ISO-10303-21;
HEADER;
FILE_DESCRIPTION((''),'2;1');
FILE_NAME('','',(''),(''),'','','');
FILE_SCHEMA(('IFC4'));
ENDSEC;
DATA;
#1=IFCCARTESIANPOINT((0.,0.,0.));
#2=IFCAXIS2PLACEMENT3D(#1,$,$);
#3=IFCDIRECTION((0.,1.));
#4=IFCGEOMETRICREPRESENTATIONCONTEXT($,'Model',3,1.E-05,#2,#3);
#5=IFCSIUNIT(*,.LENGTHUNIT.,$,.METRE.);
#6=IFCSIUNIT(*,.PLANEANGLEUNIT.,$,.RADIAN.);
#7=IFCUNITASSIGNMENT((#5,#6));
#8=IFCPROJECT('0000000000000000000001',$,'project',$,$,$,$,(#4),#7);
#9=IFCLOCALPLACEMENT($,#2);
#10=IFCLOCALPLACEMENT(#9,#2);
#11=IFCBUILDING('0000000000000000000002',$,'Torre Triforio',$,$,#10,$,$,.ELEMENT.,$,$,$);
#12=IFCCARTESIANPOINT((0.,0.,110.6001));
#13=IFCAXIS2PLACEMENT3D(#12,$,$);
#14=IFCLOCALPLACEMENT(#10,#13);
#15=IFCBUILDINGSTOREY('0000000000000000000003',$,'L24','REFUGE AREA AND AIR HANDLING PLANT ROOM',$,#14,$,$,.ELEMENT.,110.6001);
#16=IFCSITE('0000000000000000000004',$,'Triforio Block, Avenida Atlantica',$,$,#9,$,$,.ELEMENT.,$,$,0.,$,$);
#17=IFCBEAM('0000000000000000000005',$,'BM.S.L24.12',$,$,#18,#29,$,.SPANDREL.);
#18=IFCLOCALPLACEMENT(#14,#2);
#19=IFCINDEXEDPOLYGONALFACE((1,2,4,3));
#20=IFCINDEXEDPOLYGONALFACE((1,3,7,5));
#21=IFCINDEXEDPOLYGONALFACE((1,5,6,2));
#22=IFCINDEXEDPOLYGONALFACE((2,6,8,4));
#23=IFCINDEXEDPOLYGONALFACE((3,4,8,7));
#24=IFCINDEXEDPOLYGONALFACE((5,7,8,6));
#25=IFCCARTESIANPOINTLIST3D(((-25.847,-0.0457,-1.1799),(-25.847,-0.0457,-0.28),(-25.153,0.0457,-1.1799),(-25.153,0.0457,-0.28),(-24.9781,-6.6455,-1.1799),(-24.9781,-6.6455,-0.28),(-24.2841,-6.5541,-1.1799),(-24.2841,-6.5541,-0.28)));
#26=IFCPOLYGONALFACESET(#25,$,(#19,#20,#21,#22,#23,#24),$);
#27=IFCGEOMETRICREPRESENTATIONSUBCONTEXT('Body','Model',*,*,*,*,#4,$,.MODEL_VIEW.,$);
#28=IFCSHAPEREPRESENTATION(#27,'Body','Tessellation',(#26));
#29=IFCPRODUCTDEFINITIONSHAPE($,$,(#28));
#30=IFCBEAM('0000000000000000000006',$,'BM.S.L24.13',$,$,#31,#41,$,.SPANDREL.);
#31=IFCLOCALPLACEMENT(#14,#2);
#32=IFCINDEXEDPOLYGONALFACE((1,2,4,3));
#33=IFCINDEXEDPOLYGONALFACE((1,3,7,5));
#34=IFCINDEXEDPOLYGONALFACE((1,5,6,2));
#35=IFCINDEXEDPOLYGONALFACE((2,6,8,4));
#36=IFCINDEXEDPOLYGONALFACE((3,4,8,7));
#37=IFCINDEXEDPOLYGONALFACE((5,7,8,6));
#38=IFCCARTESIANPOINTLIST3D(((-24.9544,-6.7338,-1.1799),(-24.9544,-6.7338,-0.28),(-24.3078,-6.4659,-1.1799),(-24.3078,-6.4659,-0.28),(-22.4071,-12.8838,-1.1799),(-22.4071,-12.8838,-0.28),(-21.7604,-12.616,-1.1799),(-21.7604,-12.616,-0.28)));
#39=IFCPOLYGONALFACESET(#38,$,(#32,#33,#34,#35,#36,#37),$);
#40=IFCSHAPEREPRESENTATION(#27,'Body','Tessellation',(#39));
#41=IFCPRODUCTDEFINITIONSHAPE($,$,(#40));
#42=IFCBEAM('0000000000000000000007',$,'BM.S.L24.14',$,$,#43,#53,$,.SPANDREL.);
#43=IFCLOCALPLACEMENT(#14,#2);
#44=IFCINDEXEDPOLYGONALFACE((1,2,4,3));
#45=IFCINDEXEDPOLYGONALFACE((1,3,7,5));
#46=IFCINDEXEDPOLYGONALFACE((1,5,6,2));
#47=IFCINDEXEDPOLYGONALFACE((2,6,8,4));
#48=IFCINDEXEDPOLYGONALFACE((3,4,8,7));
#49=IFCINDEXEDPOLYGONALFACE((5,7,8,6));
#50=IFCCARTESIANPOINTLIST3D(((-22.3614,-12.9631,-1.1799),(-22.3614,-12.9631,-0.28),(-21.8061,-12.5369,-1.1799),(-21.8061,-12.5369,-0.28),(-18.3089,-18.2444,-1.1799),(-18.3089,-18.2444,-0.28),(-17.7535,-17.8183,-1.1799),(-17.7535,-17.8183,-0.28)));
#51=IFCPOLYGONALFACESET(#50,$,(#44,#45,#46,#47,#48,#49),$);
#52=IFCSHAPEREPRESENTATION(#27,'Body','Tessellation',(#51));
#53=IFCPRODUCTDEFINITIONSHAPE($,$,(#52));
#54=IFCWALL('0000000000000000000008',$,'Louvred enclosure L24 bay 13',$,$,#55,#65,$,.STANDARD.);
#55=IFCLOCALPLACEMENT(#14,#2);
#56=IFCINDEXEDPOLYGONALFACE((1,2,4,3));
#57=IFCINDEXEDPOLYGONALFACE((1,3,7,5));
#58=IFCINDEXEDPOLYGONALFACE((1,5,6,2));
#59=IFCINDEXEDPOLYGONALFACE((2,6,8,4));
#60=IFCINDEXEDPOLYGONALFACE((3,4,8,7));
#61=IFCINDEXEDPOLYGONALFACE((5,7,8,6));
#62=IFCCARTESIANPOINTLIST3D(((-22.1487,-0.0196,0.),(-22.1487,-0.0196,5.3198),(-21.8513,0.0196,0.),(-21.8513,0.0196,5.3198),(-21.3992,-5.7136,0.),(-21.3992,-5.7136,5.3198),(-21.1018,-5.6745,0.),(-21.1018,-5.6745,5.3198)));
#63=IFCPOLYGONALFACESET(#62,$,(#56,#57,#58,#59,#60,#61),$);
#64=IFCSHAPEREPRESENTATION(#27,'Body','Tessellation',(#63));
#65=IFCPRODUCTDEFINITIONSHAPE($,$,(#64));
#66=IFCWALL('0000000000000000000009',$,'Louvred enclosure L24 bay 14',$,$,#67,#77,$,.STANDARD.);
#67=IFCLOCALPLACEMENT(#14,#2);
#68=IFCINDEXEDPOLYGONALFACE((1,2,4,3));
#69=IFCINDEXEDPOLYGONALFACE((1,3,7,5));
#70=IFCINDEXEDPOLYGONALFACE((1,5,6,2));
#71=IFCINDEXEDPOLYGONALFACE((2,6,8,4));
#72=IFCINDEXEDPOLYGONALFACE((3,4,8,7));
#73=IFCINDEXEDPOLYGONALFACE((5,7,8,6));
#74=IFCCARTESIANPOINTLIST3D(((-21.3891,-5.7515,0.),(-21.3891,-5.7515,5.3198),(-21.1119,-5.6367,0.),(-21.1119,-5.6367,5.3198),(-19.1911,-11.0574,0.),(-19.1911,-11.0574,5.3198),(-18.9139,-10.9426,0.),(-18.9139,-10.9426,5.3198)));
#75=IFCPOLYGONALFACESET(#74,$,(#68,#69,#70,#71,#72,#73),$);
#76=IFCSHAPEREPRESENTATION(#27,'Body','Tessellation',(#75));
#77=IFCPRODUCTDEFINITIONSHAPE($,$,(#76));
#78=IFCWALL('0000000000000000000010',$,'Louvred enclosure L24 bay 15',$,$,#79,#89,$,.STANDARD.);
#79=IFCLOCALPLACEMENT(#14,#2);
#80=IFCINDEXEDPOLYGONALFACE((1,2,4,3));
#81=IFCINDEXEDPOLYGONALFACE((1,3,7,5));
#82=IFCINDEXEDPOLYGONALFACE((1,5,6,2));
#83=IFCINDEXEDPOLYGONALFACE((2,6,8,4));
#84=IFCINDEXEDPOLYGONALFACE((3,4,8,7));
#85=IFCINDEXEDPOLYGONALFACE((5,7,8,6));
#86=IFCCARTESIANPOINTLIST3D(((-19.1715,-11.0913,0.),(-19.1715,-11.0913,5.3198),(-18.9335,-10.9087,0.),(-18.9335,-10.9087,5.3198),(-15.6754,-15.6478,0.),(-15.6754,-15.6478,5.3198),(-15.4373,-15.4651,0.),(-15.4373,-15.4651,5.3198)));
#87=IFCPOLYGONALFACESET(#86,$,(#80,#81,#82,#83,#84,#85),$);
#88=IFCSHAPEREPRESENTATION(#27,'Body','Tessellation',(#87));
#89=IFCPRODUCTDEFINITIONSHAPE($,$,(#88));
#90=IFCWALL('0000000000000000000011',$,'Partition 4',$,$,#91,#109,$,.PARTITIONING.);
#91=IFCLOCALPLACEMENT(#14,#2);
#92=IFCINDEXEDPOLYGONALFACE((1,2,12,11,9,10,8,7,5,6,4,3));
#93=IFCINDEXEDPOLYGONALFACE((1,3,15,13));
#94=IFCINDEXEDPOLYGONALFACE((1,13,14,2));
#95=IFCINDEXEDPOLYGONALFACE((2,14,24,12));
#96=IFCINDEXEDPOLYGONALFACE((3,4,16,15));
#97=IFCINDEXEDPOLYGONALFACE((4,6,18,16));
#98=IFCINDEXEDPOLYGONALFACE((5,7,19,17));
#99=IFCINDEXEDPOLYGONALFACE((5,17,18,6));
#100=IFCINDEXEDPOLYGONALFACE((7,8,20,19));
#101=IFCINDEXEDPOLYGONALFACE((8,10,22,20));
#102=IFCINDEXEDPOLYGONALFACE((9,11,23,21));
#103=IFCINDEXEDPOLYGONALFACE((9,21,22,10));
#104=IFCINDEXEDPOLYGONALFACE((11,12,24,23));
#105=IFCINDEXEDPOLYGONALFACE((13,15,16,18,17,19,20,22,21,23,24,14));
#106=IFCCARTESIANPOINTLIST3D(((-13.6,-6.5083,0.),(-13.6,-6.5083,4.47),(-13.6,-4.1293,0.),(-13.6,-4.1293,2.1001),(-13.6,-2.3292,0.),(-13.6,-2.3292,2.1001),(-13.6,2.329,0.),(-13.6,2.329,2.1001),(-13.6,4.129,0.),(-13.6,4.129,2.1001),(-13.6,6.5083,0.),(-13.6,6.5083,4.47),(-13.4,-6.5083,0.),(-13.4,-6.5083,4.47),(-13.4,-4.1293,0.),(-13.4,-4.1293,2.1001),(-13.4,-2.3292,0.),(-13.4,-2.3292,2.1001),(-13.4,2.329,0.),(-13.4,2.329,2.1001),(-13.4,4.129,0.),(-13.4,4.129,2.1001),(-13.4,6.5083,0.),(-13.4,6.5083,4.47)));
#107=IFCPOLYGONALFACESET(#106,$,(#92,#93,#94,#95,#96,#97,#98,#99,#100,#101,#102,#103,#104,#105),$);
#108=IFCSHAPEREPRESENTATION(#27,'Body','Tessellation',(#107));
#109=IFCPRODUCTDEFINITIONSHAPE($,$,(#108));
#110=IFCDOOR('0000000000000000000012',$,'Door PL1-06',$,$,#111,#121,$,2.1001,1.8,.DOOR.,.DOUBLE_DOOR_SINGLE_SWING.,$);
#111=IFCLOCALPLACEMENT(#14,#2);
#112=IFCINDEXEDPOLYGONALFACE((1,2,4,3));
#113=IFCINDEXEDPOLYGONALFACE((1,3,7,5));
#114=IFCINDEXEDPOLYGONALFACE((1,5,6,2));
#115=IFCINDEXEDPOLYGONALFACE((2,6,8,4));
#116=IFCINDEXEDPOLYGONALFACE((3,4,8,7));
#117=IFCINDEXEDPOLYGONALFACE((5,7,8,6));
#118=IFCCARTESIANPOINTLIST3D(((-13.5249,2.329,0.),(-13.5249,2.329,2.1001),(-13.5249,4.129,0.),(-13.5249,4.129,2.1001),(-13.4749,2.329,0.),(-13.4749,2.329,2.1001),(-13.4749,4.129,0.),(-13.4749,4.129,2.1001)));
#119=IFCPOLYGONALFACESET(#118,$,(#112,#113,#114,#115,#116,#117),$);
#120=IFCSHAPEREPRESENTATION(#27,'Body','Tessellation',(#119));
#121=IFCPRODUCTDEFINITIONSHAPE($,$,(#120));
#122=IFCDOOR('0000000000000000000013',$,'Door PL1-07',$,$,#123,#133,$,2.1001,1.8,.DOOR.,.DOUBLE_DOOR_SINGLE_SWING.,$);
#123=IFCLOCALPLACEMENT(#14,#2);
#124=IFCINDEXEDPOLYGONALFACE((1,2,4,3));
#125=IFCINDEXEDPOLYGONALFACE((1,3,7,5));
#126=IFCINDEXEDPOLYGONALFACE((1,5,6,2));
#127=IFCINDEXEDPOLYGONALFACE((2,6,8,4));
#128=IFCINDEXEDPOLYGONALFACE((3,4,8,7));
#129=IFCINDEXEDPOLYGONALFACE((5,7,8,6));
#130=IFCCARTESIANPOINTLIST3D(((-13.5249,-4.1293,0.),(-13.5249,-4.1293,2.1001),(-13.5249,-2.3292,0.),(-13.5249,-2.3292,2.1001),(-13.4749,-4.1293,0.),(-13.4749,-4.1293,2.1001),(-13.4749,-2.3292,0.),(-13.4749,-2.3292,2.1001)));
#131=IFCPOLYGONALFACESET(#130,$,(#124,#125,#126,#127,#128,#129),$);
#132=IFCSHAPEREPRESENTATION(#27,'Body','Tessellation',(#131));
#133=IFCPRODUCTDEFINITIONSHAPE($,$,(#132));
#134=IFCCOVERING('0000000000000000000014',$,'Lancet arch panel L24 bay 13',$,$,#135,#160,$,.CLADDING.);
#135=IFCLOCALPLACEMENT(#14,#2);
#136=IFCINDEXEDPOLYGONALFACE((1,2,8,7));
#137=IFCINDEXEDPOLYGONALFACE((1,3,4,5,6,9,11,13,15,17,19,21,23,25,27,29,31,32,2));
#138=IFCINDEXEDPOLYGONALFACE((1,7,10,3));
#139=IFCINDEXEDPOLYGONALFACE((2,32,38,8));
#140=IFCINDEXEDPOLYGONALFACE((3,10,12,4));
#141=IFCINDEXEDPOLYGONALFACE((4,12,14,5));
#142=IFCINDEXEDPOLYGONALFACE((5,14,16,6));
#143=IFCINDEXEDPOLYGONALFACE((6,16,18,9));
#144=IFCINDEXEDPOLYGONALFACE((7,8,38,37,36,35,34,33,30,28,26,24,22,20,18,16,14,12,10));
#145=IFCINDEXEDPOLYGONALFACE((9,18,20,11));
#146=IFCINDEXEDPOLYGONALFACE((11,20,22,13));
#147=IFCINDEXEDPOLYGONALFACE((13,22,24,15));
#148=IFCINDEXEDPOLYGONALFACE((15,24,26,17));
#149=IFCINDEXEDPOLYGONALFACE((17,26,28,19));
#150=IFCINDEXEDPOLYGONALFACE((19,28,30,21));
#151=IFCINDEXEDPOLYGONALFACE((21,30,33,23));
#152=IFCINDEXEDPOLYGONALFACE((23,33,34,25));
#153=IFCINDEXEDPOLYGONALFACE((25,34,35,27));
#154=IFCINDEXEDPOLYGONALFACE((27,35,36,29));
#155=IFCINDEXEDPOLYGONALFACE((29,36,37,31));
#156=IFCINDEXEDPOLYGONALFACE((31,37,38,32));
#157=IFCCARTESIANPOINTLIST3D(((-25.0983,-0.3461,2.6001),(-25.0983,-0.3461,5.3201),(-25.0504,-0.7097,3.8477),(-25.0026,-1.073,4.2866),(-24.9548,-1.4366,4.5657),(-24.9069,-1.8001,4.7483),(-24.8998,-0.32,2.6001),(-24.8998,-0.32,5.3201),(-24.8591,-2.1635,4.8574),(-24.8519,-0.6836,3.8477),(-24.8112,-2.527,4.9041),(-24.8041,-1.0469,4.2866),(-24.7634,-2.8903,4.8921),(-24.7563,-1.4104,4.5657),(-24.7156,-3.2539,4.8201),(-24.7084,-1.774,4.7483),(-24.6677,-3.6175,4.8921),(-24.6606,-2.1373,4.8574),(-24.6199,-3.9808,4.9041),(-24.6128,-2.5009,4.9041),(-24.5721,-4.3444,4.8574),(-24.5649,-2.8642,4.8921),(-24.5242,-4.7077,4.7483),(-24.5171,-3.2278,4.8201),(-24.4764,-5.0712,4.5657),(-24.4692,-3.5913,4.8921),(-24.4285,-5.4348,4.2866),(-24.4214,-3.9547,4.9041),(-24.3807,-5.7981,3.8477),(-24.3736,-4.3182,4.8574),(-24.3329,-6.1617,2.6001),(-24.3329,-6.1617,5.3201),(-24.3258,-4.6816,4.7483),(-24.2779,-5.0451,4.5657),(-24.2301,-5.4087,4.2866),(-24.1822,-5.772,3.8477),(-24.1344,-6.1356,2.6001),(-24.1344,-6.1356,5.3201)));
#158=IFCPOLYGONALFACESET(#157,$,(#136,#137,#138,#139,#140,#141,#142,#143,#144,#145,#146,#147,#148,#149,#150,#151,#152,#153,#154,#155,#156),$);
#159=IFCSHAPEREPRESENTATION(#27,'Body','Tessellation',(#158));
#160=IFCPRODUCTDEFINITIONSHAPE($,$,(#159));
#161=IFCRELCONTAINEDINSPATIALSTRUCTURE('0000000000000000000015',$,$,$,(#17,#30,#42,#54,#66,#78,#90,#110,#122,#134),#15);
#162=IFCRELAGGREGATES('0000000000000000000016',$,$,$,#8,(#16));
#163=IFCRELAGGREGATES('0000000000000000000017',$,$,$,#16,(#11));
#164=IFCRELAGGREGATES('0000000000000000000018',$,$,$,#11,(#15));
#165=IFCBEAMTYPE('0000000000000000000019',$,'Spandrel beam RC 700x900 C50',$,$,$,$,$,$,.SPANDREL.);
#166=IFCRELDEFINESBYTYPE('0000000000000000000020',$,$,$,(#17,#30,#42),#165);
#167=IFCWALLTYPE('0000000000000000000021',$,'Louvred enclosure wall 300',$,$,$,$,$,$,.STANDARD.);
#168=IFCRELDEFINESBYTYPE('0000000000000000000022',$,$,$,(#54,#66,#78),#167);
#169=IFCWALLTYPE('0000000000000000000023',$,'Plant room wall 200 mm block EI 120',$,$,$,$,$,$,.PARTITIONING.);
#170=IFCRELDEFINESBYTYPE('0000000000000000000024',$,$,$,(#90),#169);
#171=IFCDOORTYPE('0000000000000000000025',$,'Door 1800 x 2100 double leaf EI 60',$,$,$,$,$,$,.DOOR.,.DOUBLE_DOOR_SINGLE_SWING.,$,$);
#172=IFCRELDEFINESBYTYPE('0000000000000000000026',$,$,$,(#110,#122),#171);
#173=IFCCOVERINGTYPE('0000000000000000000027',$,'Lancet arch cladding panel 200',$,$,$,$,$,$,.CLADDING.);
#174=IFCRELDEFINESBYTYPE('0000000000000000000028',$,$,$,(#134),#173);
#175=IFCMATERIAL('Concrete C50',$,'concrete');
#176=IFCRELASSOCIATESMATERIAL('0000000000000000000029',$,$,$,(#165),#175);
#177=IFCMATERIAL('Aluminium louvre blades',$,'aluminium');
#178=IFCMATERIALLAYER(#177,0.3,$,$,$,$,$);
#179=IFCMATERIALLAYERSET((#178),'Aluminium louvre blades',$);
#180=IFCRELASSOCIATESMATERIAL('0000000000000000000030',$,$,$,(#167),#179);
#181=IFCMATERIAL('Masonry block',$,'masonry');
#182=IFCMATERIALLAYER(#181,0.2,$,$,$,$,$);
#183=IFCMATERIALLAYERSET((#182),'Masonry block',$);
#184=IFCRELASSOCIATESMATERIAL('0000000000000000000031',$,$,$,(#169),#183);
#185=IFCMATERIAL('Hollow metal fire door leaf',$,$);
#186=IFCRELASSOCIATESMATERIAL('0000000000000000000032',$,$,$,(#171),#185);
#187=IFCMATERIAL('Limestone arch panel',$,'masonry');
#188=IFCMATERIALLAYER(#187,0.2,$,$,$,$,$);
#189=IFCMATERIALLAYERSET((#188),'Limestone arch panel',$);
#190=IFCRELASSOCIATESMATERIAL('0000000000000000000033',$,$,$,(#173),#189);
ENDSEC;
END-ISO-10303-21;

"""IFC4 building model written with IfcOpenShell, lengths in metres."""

from ifc_helpers import new_model, si_unit, direction, frame, frame_2d, origin, origin_2d, place, context, subcontext, project, spatial, polyline, rectangle, outline, extrude, material, layer, layer_set, material_profile, profile_set, type_object, element, fill, save


model = new_model("IFC4")

# Units and contexts
model_context = context("Model", 3, precision=1e-05, world=origin(), true_north=direction((0.0, 1.0)))
body_context = subcontext(model_context, "Body", "Model", "MODEL_VIEW")
ifc_project = project(units=[si_unit("LENGTHUNIT", "METRE"), si_unit("PLANEANGLEUNIT", "RADIAN")], contexts=[model_context])

# Site, building, storey
site_placement = place(None, origin())
site = spatial("IfcSite", under=ifc_project, at=site_placement, Name="Triforio Block, Avenida Atlantica", CompositionType="ELEMENT", RefElevation=0.0)
building_placement = place(site_placement, origin())
building = spatial("IfcBuilding", under=site, at=building_placement, Name="Torre Triforio", CompositionType="ELEMENT")
storey_placement = place(building_placement, frame((0.0, 0.0, 110.6001)))
storey = spatial("IfcBuildingStorey", under=building, at=storey_placement, Name="L24", Description="REFUGE AREA AND AIR HANDLING PLANT ROOM", CompositionType="ELEMENT", Elevation=110.6001)

# Beams
ifc_material_1 = material(Name="Concrete C50", Category="concrete")
ifc_material_profile_1 = material_profile(ifc_material_1, rectangle(XDim=0.7, YDim=0.8999, at=origin_2d()), Name="RC 700x900")
ifc_profile_set_1 = profile_set([ifc_material_profile_1], Name="Concrete C50")
beam_type = type_object("IfcBeamType", Name="Spandrel beam RC 700x900 C50", PredefinedType="SPANDREL", material=ifc_profile_set_1)
for number, where, z_axis, x_axis, name in (
    (1, (-25.5, 0.0, -0.73), (0.130528, -0.991445, 0.0), (0.991445, 0.130528, 0.0), "BM.S.L24.12"),
    (2, (-24.6311, -6.5999, -0.73), (0.382669, -0.923885, 0.0), (0.923885, 0.382669, 0.0), "BM.S.L24.13"),
):
    element("IfcBeam", number, at=place(storey_placement, frame(where, z_axis=z_axis, x_axis=x_axis)), inside=storey, type_object=beam_type, Name=name, PredefinedType="SPANDREL", context=body_context, shape_type="SweptSolid", body=[
        extrude(rectangle(XDim=0.7, YDim=0.8999, at=origin_2d()), origin(), (0.0, 0.0, 1.0), 6.6567),
    ])
beam_placement = place(storey_placement, frame((-22.0837, -12.75, -0.73), z_axis=(0.608766, -0.79335, 0.0), x_axis=(0.79335, 0.608766, 0.0)))
element("IfcBeam", 3, at=beam_placement, inside=storey, type_object=beam_type, Name="BM.S.L24.14", PredefinedType="SPANDREL", context=body_context, shape_type="SweptSolid", body=[
    extrude(rectangle(XDim=0.7, YDim=0.8999, at=origin_2d()), origin(), (0.0, 0.0, 1.0), 6.657),
])

# Walls
ifc_material_2 = material(Name="Aluminium louvre blades", Category="aluminium")
ifc_layer_1 = layer(ifc_material_2, 0.3)
ifc_layer_set_1 = layer_set([ifc_layer_1], Name="Aluminium louvre blades")
wall_type_1 = type_object("IfcWallType", Name="Louvred enclosure wall 300", PredefinedType="STANDARD", material=ifc_layer_set_1)
for number, where, z_axis, x_axis, name in (
    (4, (-22.0, 0.0, 0.0), (0.0, 0.0, 1.0), (0.130504, -0.991448, 0.0), "Louvred enclosure L24 bay 13"),
    (5, (-21.2505, -5.6941, 0.0), (0.0, 0.0, 1.0), (0.382716, -0.923866, 0.0), "Louvred enclosure L24 bay 14"),
    (6, (-19.0525, -11.0, 0.0), (0.0, 0.0, 1.0), (0.608745, -0.793366, 0.0), "Louvred enclosure L24 bay 15"),
):
    element("IfcWall", number, at=place(storey_placement, frame(where, z_axis=z_axis, x_axis=x_axis)), inside=storey, type_object=wall_type_1, Name=name, PredefinedType="STANDARD", context=body_context, shape_type="SweptSolid", body=[
        extrude(rectangle(XDim=5.7432, YDim=0.3, at=frame_2d((2.8716, 0.0))), origin(), (0.0, 0.0, 1.0), 5.3198),
    ])

# Wall, openings, doors
ifc_material_3 = material(Name="Masonry block", Category="masonry")
ifc_layer_2 = layer(ifc_material_3, 0.2)
ifc_layer_set_2 = layer_set([ifc_layer_2], Name="Masonry block")
wall_type_2 = type_object("IfcWallType", Name="Plant room wall 200 mm block EI 120", PredefinedType="PARTITIONING", material=ifc_layer_set_2)
wall_placement = place(storey_placement, frame((-13.5, -6.5083, 0.0), z_axis=(0.0, 0.0, 1.0), x_axis=(0.0, 1.0, 0.0)))
wall = element("IfcWall", 7, at=wall_placement, inside=storey, type_object=wall_type_2, Name="Partition 4", PredefinedType="PARTITIONING", context=body_context, shape_type="SweptSolid", body=[
    extrude(rectangle(XDim=13.0166, YDim=0.2, at=frame_2d((6.5083, 0.0))), origin(), (0.0, 0.0, 1.0), 4.47),
])
opening_1_placement = place(wall_placement, frame((8.8374, 0.0, 0.0)))
opening_1 = element("IfcOpeningElement", 8, at=opening_1_placement, cuts=wall, PredefinedType="OPENING", context=body_context, shape_type="SweptSolid", body=[
    extrude(rectangle(XDim=1.8, YDim=2.1001, at=frame_2d((0.8999, 1.05))), frame((0.0, 0.1099, 0.0), z_axis=(0.0, -1.0, 0.0), x_axis=(1.0, 0.0, 0.0)), (0.0, 0.0, 1.0), 0.22),
])
opening_2_placement = place(wall_placement, frame((2.3792, 0.0, 0.0)))
opening_2 = element("IfcOpeningElement", 9, at=opening_2_placement, cuts=wall, PredefinedType="OPENING", context=body_context, shape_type="SweptSolid", body=[
    extrude(rectangle(XDim=1.8, YDim=2.1001, at=frame_2d((0.8999, 1.05))), frame((0.0, 0.1099, 0.0), z_axis=(0.0, -1.0, 0.0), x_axis=(1.0, 0.0, 0.0)), (0.0, 0.0, 1.0), 0.22),
])
ifc_material_4 = material(Name="Hollow metal fire door leaf")
door_type = type_object("IfcDoorType", Name="Door 1800 x 2100 double leaf EI 60", OperationType="DOUBLE_DOOR_SINGLE_SWING", PredefinedType="DOOR", material=ifc_material_4)
door_1_placement = place(opening_1_placement, origin())
door_1 = element("IfcDoor", 10, at=door_1_placement, inside=storey, type_object=door_type, Name="Door PL1-06", OperationType="DOUBLE_DOOR_SINGLE_SWING", OverallHeight=2.1001, OverallWidth=1.8, PredefinedType="DOOR", context=body_context, shape_type="SweptSolid", body=[
    extrude(rectangle(XDim=1.8, YDim=2.1001, at=frame_2d((0.8999, 1.05))), frame((0.0, 0.0249, 0.0), z_axis=(0.0, -1.0, 0.0), x_axis=(1.0, 0.0, 0.0)), (0.0, 0.0, 1.0), 0.05),
])
fill(opening_1, door_1)
door_2_placement = place(opening_2_placement, origin())
door_2 = element("IfcDoor", 11, at=door_2_placement, inside=storey, type_object=door_type, Name="Door PL1-07", OperationType="DOUBLE_DOOR_SINGLE_SWING", OverallHeight=2.1001, OverallWidth=1.8, PredefinedType="DOOR", context=body_context, shape_type="SweptSolid", body=[
    extrude(rectangle(XDim=1.8, YDim=2.1001, at=frame_2d((0.8999, 1.05))), frame((0.0, 0.0249, 0.0), z_axis=(0.0, -1.0, 0.0), x_axis=(1.0, 0.0, 0.0)), (0.0, 0.0, 1.0), 0.05),
])
fill(opening_2, door_2)

# Covering
ifc_material_5 = material(Name="Limestone arch panel", Category="masonry")
ifc_layer_3 = layer(ifc_material_5, 0.2)
ifc_layer_set_3 = layer_set([ifc_layer_3], Name="Limestone arch panel")
covering_type_1 = type_object("IfcCoveringType", Name="Lancet arch cladding panel 200", PredefinedType="CLADDING", material=ifc_layer_set_3)
covering_1_placement = place(storey_placement, frame((-24.5171, -3.2278, 0.0), z_axis=(-0.99145, -0.130486, 0.0), x_axis=(0.130486, -0.99145, 0.0)))
element("IfcCovering", 12, at=covering_1_placement, inside=storey, type_object=covering_type_1, Name="Lancet arch panel L24 bay 13", PredefinedType="CLADDING", context=body_context, shape_type="SweptSolid", body=[
    extrude(outline(polyline([(-2.9329, 5.3201), (-2.9329, 2.6001), (-2.5662, 3.8477), (-2.1997, 4.2866), (-1.833, 4.5657), (-1.4663, 4.7483), (-1.0999, 4.8574), (-0.7332, 4.9041), (-0.3667, 4.8921), (0.0, 4.8201), (0.3667, 4.8921), (0.7332, 4.9041), (1.0999, 4.8574), (1.4663, 4.7483), (1.833, 4.5657), (2.1997, 4.2866), (2.5662, 3.8477), (2.9329, 2.6001), (2.9329, 5.3201), (-2.9329, 5.3201)])), origin(), (0.0, 0.0, 1.0), 0.2002),
])

save(model, "model.ifc")
